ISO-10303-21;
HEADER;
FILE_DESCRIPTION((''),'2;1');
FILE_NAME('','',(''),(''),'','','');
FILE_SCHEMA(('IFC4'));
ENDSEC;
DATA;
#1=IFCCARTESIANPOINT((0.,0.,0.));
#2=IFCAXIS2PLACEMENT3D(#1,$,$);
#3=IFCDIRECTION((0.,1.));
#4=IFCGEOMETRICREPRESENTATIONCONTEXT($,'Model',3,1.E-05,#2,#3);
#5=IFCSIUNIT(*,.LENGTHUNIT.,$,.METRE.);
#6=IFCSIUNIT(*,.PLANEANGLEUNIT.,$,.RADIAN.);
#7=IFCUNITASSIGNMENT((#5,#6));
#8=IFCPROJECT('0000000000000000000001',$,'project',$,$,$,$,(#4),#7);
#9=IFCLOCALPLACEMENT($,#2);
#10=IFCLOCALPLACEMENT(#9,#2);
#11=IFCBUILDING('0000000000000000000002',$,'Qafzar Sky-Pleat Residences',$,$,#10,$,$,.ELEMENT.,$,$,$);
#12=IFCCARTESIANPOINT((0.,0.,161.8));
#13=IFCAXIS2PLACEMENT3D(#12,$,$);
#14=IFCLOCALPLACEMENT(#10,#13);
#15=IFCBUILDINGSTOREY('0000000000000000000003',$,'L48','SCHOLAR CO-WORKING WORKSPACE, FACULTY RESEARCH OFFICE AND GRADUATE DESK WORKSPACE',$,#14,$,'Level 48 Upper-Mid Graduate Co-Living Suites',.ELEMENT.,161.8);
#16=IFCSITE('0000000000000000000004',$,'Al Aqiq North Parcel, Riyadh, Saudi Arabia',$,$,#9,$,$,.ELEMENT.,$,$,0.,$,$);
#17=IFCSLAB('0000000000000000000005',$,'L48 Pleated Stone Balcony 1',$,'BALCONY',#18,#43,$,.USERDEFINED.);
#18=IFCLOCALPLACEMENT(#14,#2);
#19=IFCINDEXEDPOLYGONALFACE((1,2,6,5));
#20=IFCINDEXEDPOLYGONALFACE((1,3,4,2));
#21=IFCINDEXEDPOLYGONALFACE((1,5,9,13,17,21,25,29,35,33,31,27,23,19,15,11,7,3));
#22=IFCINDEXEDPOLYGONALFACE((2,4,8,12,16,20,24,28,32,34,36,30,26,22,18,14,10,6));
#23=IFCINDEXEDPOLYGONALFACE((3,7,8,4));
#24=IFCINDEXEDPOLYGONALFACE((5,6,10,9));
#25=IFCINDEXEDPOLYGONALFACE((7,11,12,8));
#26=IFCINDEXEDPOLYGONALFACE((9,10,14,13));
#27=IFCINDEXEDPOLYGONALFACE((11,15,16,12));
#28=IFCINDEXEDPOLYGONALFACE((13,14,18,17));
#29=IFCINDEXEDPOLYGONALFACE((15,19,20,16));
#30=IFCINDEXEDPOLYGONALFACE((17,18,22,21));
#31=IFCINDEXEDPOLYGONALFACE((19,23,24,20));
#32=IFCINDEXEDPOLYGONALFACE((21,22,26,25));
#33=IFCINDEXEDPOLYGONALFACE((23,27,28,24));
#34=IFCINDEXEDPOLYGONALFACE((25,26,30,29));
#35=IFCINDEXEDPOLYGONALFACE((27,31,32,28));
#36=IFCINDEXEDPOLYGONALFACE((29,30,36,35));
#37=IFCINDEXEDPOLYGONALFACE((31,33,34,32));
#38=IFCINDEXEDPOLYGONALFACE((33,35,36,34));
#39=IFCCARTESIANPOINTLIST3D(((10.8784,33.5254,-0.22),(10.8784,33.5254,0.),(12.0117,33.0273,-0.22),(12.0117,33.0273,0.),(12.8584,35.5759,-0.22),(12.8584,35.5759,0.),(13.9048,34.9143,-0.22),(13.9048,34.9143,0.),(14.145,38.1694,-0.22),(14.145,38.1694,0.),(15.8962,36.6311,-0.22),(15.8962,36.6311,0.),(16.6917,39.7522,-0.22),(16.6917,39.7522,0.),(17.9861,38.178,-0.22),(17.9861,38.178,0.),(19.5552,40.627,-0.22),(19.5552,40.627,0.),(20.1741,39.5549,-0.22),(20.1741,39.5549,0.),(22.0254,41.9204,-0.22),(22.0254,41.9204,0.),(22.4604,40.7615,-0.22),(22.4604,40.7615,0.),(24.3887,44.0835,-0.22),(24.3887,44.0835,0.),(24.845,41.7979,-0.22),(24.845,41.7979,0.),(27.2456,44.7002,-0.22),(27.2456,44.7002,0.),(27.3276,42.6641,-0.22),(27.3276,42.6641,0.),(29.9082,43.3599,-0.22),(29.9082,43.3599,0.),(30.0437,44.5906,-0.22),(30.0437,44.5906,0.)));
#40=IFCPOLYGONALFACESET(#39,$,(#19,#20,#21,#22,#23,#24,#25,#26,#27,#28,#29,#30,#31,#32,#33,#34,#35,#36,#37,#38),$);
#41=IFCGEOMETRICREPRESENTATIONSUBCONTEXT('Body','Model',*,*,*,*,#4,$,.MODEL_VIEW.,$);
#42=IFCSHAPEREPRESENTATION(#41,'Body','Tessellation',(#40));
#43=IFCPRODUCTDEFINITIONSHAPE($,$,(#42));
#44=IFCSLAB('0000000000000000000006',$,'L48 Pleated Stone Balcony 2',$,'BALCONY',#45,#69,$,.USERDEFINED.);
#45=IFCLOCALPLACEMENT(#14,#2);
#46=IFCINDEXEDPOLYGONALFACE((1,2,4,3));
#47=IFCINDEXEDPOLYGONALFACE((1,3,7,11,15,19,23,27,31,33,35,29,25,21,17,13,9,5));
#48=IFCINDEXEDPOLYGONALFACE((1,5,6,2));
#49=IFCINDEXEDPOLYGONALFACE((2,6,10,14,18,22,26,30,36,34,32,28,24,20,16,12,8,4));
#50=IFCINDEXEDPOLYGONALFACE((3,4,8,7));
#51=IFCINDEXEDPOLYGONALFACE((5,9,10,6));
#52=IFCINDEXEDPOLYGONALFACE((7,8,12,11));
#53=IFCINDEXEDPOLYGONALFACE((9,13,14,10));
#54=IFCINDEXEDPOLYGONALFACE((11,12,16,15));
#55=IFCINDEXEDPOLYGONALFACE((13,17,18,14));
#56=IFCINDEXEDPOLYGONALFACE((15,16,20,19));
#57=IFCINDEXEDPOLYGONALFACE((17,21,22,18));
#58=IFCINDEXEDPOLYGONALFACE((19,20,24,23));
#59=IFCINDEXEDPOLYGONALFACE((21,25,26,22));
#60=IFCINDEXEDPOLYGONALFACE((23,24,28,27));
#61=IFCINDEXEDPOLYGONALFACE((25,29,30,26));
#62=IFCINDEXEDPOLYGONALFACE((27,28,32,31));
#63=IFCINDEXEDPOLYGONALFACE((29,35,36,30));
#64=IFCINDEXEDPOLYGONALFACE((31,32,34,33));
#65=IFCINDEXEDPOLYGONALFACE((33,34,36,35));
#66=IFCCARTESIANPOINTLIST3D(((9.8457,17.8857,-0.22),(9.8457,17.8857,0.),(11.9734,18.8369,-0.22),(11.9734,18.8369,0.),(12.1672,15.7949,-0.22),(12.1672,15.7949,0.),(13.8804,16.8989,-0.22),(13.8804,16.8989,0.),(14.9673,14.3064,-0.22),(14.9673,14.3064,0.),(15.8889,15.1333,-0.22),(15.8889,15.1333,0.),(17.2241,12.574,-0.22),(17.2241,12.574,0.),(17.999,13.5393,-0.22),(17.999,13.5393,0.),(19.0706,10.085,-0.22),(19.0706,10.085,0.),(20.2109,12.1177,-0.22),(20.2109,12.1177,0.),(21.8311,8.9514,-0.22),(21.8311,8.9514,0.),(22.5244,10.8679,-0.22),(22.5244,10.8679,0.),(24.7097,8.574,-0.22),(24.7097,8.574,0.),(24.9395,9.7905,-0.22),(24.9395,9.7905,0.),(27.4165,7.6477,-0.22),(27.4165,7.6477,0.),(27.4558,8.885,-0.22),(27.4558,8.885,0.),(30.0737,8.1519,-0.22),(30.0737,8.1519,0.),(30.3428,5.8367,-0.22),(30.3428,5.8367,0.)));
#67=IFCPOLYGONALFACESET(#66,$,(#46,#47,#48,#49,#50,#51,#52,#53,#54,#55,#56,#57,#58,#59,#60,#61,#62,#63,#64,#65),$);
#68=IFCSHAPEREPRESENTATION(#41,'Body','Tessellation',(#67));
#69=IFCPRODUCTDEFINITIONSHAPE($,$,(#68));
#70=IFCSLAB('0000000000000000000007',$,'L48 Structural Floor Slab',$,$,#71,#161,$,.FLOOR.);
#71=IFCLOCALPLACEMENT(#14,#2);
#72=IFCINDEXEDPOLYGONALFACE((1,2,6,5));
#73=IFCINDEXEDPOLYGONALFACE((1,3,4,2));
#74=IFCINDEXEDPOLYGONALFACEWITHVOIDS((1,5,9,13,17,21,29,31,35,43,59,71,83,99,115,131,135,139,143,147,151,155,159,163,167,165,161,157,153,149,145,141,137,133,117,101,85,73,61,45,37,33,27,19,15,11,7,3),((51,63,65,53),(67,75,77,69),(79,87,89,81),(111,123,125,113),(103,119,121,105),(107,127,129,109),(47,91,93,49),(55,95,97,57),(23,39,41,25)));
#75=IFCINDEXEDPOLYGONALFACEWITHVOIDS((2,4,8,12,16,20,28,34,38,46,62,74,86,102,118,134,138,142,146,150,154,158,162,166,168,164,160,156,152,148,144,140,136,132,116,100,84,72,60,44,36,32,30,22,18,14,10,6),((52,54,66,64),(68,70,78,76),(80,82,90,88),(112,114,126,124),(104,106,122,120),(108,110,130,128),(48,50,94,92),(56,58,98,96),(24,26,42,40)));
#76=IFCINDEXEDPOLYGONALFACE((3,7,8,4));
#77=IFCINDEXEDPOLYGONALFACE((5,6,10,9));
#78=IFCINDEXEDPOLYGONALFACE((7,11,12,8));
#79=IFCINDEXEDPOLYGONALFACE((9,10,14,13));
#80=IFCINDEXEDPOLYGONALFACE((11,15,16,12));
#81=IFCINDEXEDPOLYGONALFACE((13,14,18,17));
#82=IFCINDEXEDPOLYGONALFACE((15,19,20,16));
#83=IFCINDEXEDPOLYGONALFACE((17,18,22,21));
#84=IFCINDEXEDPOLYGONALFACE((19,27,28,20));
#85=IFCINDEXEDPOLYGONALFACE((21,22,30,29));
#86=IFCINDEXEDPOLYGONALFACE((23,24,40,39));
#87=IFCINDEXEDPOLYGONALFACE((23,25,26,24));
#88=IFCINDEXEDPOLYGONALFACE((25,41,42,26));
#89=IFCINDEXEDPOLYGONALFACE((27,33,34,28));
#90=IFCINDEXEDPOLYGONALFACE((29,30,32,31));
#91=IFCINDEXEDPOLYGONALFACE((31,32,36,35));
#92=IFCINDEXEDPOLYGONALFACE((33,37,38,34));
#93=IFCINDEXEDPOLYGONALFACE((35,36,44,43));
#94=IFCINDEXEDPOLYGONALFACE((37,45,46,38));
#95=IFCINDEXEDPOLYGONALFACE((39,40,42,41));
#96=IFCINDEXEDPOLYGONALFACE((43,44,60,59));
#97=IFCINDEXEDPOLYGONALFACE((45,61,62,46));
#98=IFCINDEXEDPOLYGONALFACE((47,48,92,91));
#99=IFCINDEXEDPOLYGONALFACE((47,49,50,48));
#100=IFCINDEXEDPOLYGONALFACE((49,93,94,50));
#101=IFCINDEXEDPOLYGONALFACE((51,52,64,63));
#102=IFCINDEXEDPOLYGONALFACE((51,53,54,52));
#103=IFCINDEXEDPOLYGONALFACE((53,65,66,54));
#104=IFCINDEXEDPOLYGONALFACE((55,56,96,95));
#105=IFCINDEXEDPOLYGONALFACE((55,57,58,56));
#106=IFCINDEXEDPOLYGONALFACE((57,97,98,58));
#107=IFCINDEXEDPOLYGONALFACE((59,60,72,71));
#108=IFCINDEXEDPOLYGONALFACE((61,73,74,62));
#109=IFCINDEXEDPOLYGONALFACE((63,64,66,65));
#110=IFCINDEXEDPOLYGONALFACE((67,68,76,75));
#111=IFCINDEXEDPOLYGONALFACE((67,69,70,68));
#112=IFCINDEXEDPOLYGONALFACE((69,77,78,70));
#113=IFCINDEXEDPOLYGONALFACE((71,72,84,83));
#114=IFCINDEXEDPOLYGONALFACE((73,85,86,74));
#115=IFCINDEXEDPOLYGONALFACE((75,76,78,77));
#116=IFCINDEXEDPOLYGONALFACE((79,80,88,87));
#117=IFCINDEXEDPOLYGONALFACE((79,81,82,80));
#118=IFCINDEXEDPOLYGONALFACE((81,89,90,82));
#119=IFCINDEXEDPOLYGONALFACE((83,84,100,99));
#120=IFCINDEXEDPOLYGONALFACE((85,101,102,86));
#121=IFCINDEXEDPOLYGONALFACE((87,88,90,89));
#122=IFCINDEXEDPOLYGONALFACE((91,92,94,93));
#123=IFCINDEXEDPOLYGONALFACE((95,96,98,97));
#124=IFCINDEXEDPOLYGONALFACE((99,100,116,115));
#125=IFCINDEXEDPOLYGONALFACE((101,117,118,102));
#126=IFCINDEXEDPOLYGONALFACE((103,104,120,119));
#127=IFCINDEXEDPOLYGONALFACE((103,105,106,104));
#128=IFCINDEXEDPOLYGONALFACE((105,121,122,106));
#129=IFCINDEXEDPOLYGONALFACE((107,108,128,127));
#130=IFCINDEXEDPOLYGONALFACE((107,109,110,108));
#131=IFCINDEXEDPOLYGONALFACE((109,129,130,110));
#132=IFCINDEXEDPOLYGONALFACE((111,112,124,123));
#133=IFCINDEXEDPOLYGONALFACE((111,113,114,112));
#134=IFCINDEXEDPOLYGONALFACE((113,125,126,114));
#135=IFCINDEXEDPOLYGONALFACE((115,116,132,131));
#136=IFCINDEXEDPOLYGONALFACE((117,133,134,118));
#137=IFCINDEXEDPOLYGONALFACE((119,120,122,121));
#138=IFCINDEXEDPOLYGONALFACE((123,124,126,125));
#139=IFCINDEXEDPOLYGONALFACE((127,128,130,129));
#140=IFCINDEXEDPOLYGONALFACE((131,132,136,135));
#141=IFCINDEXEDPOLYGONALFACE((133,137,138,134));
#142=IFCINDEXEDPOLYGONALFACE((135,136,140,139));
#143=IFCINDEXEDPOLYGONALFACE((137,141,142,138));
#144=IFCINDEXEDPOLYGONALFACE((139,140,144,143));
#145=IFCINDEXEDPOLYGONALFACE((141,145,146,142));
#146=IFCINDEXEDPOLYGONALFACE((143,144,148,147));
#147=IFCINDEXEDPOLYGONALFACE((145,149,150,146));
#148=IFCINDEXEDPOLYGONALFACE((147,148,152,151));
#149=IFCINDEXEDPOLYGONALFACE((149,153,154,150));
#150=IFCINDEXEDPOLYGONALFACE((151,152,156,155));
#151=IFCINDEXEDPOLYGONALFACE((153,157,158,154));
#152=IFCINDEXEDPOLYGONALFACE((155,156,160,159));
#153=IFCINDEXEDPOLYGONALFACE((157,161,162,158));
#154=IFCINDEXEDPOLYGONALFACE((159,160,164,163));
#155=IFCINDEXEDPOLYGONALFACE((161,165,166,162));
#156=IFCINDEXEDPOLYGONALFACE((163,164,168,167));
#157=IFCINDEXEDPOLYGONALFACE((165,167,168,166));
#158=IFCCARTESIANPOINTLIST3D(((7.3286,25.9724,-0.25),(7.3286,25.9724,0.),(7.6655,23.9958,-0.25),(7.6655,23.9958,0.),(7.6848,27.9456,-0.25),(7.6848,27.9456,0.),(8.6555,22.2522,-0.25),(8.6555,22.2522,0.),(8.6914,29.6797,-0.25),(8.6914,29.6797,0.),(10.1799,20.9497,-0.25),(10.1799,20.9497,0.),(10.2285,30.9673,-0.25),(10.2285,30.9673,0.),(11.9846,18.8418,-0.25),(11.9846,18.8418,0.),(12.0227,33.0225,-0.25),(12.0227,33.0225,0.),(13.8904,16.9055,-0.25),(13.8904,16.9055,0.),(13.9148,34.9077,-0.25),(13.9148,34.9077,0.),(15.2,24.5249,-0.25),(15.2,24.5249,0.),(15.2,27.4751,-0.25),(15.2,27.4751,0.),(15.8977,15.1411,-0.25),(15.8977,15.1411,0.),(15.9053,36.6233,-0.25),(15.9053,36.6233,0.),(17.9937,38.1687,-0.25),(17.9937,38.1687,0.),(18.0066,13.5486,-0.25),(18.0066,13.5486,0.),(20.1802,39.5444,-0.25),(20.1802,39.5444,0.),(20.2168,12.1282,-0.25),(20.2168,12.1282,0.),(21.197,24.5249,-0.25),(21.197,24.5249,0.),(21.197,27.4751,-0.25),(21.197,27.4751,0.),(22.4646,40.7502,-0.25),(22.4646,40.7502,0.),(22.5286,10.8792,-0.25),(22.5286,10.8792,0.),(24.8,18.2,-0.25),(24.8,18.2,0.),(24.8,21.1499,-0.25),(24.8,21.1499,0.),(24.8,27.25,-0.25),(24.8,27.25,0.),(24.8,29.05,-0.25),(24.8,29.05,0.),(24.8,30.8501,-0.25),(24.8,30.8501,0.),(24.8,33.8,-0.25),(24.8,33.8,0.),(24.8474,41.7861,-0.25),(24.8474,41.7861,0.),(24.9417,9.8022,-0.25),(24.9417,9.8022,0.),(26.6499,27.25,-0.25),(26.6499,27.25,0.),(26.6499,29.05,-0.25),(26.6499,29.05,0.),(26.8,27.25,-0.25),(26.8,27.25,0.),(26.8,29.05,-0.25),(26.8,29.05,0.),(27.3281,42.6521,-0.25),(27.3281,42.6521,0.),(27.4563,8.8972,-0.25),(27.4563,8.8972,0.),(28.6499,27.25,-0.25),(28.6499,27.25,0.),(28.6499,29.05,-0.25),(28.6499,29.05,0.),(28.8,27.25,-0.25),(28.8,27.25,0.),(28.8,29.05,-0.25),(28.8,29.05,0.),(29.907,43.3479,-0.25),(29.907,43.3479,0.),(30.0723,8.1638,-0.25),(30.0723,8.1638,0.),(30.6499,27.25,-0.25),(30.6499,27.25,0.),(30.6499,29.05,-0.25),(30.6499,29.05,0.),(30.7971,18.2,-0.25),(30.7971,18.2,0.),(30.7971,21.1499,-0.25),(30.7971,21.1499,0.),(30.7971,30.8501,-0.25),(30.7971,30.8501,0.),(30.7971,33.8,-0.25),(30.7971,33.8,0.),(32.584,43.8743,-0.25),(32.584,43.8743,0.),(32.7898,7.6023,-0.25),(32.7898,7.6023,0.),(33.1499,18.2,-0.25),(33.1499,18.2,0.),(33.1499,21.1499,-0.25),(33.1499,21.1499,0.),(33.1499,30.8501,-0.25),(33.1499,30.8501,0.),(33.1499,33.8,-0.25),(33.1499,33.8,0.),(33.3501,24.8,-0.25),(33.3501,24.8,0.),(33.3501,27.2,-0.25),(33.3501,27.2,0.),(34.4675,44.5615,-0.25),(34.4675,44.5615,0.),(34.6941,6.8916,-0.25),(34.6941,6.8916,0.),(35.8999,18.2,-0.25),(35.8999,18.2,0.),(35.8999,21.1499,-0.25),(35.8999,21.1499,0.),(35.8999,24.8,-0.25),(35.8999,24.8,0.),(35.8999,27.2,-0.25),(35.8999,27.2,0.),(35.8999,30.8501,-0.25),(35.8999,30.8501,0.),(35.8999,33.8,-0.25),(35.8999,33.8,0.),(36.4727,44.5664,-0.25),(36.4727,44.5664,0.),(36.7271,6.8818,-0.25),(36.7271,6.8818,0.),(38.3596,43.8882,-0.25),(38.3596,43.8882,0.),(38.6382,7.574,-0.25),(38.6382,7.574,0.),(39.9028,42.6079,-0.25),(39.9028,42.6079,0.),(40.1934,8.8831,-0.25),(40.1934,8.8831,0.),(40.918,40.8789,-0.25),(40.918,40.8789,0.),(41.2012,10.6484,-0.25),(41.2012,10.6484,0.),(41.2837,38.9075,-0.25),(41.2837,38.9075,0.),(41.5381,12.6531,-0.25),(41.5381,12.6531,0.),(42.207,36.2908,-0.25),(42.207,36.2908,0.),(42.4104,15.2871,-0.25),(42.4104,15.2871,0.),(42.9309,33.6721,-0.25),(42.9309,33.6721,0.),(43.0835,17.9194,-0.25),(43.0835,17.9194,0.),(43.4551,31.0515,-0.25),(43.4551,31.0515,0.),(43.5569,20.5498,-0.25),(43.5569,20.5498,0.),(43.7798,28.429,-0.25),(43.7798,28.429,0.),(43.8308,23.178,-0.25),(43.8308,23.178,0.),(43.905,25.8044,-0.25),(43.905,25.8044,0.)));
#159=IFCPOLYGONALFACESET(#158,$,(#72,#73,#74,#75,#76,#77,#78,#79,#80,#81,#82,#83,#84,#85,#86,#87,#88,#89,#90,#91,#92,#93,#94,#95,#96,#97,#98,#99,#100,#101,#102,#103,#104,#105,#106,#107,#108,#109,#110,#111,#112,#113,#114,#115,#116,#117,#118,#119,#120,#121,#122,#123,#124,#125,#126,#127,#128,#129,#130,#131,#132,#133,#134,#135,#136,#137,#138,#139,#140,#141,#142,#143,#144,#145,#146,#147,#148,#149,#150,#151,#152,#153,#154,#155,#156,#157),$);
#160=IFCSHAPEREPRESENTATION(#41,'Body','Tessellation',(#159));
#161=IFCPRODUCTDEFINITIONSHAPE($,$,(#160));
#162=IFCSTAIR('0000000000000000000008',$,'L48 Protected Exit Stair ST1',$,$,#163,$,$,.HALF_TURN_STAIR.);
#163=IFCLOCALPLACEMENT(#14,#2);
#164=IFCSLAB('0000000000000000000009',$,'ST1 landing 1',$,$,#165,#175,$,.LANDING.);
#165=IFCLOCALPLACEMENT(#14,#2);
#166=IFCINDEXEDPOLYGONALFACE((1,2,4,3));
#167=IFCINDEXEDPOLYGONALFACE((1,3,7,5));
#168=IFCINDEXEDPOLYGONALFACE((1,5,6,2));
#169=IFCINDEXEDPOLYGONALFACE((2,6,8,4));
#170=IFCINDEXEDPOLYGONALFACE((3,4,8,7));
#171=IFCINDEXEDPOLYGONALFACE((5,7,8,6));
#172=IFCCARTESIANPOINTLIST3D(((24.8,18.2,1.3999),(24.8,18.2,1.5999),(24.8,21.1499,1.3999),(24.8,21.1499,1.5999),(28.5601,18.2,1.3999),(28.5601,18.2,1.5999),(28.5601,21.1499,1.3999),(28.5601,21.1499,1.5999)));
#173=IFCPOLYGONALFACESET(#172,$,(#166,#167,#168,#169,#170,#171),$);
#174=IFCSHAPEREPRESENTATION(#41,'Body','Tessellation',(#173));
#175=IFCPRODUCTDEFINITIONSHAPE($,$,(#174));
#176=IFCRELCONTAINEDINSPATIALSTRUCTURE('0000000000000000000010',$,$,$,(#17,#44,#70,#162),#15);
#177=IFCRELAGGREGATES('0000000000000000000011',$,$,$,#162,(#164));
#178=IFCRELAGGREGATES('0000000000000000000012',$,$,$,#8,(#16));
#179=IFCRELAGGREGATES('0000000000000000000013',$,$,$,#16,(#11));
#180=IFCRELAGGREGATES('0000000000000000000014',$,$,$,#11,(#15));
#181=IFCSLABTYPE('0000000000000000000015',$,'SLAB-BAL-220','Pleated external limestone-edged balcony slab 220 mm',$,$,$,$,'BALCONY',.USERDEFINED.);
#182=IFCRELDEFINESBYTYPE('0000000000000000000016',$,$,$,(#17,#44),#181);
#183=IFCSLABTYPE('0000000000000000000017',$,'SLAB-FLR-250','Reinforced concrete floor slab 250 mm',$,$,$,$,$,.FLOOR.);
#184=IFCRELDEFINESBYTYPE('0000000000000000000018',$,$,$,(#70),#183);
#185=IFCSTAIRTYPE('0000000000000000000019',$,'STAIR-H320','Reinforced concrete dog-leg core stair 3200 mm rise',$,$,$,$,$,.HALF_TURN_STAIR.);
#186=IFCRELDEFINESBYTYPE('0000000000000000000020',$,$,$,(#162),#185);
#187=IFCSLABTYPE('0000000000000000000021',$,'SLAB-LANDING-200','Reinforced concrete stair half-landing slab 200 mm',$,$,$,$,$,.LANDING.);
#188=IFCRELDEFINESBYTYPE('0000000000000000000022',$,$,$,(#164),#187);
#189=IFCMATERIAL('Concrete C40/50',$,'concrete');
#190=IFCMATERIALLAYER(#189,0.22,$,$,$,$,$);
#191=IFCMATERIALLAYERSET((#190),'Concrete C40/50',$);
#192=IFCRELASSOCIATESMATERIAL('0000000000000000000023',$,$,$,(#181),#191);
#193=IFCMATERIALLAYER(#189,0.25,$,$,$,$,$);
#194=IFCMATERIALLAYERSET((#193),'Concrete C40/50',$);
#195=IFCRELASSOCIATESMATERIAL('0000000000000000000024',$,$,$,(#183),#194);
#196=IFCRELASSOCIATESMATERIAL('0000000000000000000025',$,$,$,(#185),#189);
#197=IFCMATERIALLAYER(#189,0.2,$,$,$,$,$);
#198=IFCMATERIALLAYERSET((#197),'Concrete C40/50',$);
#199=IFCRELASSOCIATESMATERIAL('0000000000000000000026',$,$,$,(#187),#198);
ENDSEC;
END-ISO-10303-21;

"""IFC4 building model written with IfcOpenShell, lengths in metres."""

from ifc_helpers import new_model, si_unit, direction, frame, origin, place, context, subcontext, project, spatial, polyline, outline, extrude, material, layer, layer_set, type_object, element, aggregate, save


model = new_model("IFC4")

# Units and contexts
model_context = context("Model", 3, precision=1e-05, world=origin(), true_north=direction((0.0, 1.0)))
body_context = subcontext(model_context, "Body", "Model", "MODEL_VIEW")
ifc_project = project(units=[si_unit("LENGTHUNIT", "METRE"), si_unit("PLANEANGLEUNIT", "RADIAN")], contexts=[model_context])

# Site, building, storey
site_placement = place(None, origin())
site = spatial("IfcSite", under=ifc_project, at=site_placement, Name="Al Aqiq North Parcel, Riyadh, Saudi Arabia", CompositionType="ELEMENT", RefElevation=0.0)
building_placement = place(site_placement, origin())
building = spatial("IfcBuilding", under=site, at=building_placement, Name="Qafzar Sky-Pleat Residences", CompositionType="ELEMENT")
storey_placement = place(building_placement, frame((0.0, 0.0, 161.8)))
storey = spatial("IfcBuildingStorey", under=building, at=storey_placement, Name="L48", Description="SCHOLAR CO-WORKING WORKSPACE, FACULTY RESEARCH OFFICE AND GRADUATE DESK WORKSPACE", LongName="Level 48 Upper-Mid Graduate Co-Living Suites", CompositionType="ELEMENT", Elevation=161.8)

# Slabs
ifc_material_1 = material(Name="Concrete C40/50", Category="concrete")
ifc_layer_1 = layer(ifc_material_1, 0.22)
ifc_layer_set_1 = layer_set([ifc_layer_1], Name="Concrete C40/50")
slab_type_1 = type_object("IfcSlabType", Name="SLAB-BAL-220", Description="Pleated external limestone-edged balcony slab 220 mm", ElementType="BALCONY", PredefinedType="USERDEFINED", material=ifc_layer_set_1)
slab_1_placement = place(storey_placement, frame((0.0, 0.0, -0.22)))
element("IfcSlab", 1, at=slab_1_placement, inside=storey, type_object=slab_type_1, Name="L48 Pleated Stone Balcony 1", ObjectType="BALCONY", PredefinedType="USERDEFINED", context=body_context, shape_type="SweptSolid", body=[
    extrude(outline(polyline([(27.3276, 42.6641), (24.845, 41.7979), (22.4604, 40.7615), (20.1741, 39.5549), (17.9861, 38.178), (15.8962, 36.6311), (13.9048, 34.9143), (12.0117, 33.0273), (10.8784, 33.5254), (12.8584, 35.5759), (14.145, 38.1694), (16.6917, 39.7522), (19.5552, 40.627), (22.0254, 41.9204), (24.3887, 44.0835), (27.2456, 44.7002), (30.0437, 44.5906), (29.9082, 43.3599), (27.3276, 42.6641)])), origin(), (0.0, 0.0, 1.0), 0.22),
])
slab_2_placement = place(storey_placement, frame((0.0, 0.0, -0.22)))
element("IfcSlab", 2, at=slab_2_placement, inside=storey, type_object=slab_type_1, Name="L48 Pleated Stone Balcony 2", ObjectType="BALCONY", PredefinedType="USERDEFINED", context=body_context, shape_type="SweptSolid", body=[
    extrude(outline(polyline([(13.8804, 16.8989), (15.8889, 15.1333), (17.999, 13.5393), (20.2109, 12.1177), (22.5244, 10.8679), (24.9395, 9.7905), (27.4558, 8.885), (30.0737, 8.1519), (30.3428, 5.8367), (27.4165, 7.6477), (24.7097, 8.574), (21.8311, 8.9514), (19.0706, 10.085), (17.2241, 12.574), (14.9673, 14.3064), (12.1672, 15.7949), (9.8457, 17.8857), (11.9734, 18.8369), (13.8804, 16.8989)])), origin(), (0.0, 0.0, 1.0), 0.22),
])
ifc_layer_2 = layer(ifc_material_1, 0.25)
ifc_layer_set_2 = layer_set([ifc_layer_2], Name="Concrete C40/50")
slab_type_2 = type_object("IfcSlabType", Name="SLAB-FLR-250", Description="Reinforced concrete floor slab 250 mm", PredefinedType="FLOOR", material=ifc_layer_set_2)
slab_3_placement = place(storey_placement, frame((0.0, 0.0, -0.25)))
element("IfcSlab", 3, at=slab_3_placement, inside=storey, type_object=slab_type_2, Name="L48 Structural Floor Slab", PredefinedType="FLOOR", context=body_context, shape_type="SweptSolid", body=[
    extrude(outline(polyline([(10.2285, 30.9673), (8.6914, 29.6797), (7.6848, 27.9456), (7.3286, 25.9724), (7.6655, 23.9958), (8.6555, 22.2522), (10.1799, 20.9497), (11.9846, 18.8418), (13.8904, 16.9055), (15.8977, 15.1411), (18.0066, 13.5486), (20.2168, 12.1282), (22.5286, 10.8792), (24.9417, 9.8022), (27.4563, 8.8972), (30.0723, 8.1638), (32.7898, 7.6023), (34.6941, 6.8916), (36.7271, 6.8818), (38.6382, 7.574), (40.1934, 8.8831), (41.2012, 10.6484), (41.5381, 12.6531), (42.4104, 15.2871), (43.0835, 17.9194), (43.5569, 20.5498), (43.8308, 23.178), (43.905, 25.8044), (43.7798, 28.429), (43.4551, 31.0515), (42.9309, 33.6721), (42.207, 36.2908), (41.2837, 38.9075), (40.918, 40.8789), (39.9028, 42.6079), (38.3596, 43.8882), (36.4727, 44.5664), (34.4675, 44.5615), (32.584, 43.8743), (29.907, 43.3479), (27.3281, 42.6521), (24.8474, 41.7861), (22.4646, 40.7502), (20.1802, 39.5444), (17.9937, 38.1687), (15.9053, 36.6233), (13.9148, 34.9077), (12.0227, 33.0225), (10.2285, 30.9673)]), holes=[polyline([(30.7971, 21.1499), (24.8, 21.1499), (24.8, 18.2), (30.7971, 18.2), (30.7971, 21.1499)]), polyline([(30.7971, 33.8), (24.8, 33.8), (24.8, 30.8501), (30.7971, 30.8501), (30.7971, 33.8)]), polyline([(21.197, 27.4751), (15.2, 27.4751), (15.2, 24.5249), (21.197, 24.5249), (21.197, 27.4751)]), polyline([(24.8, 27.25), (26.6499, 27.25), (26.6499, 29.05), (24.8, 29.05), (24.8, 27.25)]), polyline([(26.8, 27.25), (28.6499, 27.25), (28.6499, 29.05), (26.8, 29.05), (26.8, 27.25)]), polyline([(28.8, 27.25), (30.6499, 27.25), (30.6499, 29.05), (28.8, 29.05), (28.8, 27.25)]), polyline([(33.1499, 18.2), (35.8999, 18.2), (35.8999, 21.1499), (33.1499, 21.1499), (33.1499, 18.2)]), polyline([(33.1499, 30.8501), (35.8999, 30.8501), (35.8999, 33.8), (33.1499, 33.8), (33.1499, 30.8501)]), polyline([(33.3501, 24.8), (35.8999, 24.8), (35.8999, 27.2), (33.3501, 27.2), (33.3501, 24.8)])]), origin(), (0.0, 0.0, 1.0), 0.25),
])

# Stair, slab
stair_type = type_object("IfcStairType", Name="STAIR-H320", Description="Reinforced concrete dog-leg core stair 3200 mm rise", PredefinedType="HALF_TURN_STAIR", material=ifc_material_1)
stair_1_placement = place(storey_placement, origin())
stair_1 = element("IfcStair", 4, at=stair_1_placement, inside=storey, type_object=stair_type, Name="L48 Protected Exit Stair ST1", PredefinedType="HALF_TURN_STAIR")
ifc_layer_3 = layer(ifc_material_1, 0.2)
ifc_layer_set_3 = layer_set([ifc_layer_3], Name="Concrete C40/50")
slab_type_3 = type_object("IfcSlabType", Name="SLAB-LANDING-200", Description="Reinforced concrete stair half-landing slab 200 mm", PredefinedType="LANDING", material=ifc_layer_set_3)
slab_4_placement = place(storey_placement, frame((0.0, 0.0, 1.3999)))
slab_4 = element("IfcSlab", 5, at=slab_4_placement, type_object=slab_type_3, Name="ST1 landing 1", PredefinedType="LANDING", context=body_context, shape_type="SweptSolid", body=[
    extrude(outline(polyline([(28.5601, 21.1499), (24.8, 21.1499), (24.8, 18.2), (28.5601, 18.2), (28.5601, 21.1499)])), origin(), (0.0, 0.0, 1.0), 0.2),
])
aggregate(stair_1, [slab_4])

save(model, "model.ifc")
